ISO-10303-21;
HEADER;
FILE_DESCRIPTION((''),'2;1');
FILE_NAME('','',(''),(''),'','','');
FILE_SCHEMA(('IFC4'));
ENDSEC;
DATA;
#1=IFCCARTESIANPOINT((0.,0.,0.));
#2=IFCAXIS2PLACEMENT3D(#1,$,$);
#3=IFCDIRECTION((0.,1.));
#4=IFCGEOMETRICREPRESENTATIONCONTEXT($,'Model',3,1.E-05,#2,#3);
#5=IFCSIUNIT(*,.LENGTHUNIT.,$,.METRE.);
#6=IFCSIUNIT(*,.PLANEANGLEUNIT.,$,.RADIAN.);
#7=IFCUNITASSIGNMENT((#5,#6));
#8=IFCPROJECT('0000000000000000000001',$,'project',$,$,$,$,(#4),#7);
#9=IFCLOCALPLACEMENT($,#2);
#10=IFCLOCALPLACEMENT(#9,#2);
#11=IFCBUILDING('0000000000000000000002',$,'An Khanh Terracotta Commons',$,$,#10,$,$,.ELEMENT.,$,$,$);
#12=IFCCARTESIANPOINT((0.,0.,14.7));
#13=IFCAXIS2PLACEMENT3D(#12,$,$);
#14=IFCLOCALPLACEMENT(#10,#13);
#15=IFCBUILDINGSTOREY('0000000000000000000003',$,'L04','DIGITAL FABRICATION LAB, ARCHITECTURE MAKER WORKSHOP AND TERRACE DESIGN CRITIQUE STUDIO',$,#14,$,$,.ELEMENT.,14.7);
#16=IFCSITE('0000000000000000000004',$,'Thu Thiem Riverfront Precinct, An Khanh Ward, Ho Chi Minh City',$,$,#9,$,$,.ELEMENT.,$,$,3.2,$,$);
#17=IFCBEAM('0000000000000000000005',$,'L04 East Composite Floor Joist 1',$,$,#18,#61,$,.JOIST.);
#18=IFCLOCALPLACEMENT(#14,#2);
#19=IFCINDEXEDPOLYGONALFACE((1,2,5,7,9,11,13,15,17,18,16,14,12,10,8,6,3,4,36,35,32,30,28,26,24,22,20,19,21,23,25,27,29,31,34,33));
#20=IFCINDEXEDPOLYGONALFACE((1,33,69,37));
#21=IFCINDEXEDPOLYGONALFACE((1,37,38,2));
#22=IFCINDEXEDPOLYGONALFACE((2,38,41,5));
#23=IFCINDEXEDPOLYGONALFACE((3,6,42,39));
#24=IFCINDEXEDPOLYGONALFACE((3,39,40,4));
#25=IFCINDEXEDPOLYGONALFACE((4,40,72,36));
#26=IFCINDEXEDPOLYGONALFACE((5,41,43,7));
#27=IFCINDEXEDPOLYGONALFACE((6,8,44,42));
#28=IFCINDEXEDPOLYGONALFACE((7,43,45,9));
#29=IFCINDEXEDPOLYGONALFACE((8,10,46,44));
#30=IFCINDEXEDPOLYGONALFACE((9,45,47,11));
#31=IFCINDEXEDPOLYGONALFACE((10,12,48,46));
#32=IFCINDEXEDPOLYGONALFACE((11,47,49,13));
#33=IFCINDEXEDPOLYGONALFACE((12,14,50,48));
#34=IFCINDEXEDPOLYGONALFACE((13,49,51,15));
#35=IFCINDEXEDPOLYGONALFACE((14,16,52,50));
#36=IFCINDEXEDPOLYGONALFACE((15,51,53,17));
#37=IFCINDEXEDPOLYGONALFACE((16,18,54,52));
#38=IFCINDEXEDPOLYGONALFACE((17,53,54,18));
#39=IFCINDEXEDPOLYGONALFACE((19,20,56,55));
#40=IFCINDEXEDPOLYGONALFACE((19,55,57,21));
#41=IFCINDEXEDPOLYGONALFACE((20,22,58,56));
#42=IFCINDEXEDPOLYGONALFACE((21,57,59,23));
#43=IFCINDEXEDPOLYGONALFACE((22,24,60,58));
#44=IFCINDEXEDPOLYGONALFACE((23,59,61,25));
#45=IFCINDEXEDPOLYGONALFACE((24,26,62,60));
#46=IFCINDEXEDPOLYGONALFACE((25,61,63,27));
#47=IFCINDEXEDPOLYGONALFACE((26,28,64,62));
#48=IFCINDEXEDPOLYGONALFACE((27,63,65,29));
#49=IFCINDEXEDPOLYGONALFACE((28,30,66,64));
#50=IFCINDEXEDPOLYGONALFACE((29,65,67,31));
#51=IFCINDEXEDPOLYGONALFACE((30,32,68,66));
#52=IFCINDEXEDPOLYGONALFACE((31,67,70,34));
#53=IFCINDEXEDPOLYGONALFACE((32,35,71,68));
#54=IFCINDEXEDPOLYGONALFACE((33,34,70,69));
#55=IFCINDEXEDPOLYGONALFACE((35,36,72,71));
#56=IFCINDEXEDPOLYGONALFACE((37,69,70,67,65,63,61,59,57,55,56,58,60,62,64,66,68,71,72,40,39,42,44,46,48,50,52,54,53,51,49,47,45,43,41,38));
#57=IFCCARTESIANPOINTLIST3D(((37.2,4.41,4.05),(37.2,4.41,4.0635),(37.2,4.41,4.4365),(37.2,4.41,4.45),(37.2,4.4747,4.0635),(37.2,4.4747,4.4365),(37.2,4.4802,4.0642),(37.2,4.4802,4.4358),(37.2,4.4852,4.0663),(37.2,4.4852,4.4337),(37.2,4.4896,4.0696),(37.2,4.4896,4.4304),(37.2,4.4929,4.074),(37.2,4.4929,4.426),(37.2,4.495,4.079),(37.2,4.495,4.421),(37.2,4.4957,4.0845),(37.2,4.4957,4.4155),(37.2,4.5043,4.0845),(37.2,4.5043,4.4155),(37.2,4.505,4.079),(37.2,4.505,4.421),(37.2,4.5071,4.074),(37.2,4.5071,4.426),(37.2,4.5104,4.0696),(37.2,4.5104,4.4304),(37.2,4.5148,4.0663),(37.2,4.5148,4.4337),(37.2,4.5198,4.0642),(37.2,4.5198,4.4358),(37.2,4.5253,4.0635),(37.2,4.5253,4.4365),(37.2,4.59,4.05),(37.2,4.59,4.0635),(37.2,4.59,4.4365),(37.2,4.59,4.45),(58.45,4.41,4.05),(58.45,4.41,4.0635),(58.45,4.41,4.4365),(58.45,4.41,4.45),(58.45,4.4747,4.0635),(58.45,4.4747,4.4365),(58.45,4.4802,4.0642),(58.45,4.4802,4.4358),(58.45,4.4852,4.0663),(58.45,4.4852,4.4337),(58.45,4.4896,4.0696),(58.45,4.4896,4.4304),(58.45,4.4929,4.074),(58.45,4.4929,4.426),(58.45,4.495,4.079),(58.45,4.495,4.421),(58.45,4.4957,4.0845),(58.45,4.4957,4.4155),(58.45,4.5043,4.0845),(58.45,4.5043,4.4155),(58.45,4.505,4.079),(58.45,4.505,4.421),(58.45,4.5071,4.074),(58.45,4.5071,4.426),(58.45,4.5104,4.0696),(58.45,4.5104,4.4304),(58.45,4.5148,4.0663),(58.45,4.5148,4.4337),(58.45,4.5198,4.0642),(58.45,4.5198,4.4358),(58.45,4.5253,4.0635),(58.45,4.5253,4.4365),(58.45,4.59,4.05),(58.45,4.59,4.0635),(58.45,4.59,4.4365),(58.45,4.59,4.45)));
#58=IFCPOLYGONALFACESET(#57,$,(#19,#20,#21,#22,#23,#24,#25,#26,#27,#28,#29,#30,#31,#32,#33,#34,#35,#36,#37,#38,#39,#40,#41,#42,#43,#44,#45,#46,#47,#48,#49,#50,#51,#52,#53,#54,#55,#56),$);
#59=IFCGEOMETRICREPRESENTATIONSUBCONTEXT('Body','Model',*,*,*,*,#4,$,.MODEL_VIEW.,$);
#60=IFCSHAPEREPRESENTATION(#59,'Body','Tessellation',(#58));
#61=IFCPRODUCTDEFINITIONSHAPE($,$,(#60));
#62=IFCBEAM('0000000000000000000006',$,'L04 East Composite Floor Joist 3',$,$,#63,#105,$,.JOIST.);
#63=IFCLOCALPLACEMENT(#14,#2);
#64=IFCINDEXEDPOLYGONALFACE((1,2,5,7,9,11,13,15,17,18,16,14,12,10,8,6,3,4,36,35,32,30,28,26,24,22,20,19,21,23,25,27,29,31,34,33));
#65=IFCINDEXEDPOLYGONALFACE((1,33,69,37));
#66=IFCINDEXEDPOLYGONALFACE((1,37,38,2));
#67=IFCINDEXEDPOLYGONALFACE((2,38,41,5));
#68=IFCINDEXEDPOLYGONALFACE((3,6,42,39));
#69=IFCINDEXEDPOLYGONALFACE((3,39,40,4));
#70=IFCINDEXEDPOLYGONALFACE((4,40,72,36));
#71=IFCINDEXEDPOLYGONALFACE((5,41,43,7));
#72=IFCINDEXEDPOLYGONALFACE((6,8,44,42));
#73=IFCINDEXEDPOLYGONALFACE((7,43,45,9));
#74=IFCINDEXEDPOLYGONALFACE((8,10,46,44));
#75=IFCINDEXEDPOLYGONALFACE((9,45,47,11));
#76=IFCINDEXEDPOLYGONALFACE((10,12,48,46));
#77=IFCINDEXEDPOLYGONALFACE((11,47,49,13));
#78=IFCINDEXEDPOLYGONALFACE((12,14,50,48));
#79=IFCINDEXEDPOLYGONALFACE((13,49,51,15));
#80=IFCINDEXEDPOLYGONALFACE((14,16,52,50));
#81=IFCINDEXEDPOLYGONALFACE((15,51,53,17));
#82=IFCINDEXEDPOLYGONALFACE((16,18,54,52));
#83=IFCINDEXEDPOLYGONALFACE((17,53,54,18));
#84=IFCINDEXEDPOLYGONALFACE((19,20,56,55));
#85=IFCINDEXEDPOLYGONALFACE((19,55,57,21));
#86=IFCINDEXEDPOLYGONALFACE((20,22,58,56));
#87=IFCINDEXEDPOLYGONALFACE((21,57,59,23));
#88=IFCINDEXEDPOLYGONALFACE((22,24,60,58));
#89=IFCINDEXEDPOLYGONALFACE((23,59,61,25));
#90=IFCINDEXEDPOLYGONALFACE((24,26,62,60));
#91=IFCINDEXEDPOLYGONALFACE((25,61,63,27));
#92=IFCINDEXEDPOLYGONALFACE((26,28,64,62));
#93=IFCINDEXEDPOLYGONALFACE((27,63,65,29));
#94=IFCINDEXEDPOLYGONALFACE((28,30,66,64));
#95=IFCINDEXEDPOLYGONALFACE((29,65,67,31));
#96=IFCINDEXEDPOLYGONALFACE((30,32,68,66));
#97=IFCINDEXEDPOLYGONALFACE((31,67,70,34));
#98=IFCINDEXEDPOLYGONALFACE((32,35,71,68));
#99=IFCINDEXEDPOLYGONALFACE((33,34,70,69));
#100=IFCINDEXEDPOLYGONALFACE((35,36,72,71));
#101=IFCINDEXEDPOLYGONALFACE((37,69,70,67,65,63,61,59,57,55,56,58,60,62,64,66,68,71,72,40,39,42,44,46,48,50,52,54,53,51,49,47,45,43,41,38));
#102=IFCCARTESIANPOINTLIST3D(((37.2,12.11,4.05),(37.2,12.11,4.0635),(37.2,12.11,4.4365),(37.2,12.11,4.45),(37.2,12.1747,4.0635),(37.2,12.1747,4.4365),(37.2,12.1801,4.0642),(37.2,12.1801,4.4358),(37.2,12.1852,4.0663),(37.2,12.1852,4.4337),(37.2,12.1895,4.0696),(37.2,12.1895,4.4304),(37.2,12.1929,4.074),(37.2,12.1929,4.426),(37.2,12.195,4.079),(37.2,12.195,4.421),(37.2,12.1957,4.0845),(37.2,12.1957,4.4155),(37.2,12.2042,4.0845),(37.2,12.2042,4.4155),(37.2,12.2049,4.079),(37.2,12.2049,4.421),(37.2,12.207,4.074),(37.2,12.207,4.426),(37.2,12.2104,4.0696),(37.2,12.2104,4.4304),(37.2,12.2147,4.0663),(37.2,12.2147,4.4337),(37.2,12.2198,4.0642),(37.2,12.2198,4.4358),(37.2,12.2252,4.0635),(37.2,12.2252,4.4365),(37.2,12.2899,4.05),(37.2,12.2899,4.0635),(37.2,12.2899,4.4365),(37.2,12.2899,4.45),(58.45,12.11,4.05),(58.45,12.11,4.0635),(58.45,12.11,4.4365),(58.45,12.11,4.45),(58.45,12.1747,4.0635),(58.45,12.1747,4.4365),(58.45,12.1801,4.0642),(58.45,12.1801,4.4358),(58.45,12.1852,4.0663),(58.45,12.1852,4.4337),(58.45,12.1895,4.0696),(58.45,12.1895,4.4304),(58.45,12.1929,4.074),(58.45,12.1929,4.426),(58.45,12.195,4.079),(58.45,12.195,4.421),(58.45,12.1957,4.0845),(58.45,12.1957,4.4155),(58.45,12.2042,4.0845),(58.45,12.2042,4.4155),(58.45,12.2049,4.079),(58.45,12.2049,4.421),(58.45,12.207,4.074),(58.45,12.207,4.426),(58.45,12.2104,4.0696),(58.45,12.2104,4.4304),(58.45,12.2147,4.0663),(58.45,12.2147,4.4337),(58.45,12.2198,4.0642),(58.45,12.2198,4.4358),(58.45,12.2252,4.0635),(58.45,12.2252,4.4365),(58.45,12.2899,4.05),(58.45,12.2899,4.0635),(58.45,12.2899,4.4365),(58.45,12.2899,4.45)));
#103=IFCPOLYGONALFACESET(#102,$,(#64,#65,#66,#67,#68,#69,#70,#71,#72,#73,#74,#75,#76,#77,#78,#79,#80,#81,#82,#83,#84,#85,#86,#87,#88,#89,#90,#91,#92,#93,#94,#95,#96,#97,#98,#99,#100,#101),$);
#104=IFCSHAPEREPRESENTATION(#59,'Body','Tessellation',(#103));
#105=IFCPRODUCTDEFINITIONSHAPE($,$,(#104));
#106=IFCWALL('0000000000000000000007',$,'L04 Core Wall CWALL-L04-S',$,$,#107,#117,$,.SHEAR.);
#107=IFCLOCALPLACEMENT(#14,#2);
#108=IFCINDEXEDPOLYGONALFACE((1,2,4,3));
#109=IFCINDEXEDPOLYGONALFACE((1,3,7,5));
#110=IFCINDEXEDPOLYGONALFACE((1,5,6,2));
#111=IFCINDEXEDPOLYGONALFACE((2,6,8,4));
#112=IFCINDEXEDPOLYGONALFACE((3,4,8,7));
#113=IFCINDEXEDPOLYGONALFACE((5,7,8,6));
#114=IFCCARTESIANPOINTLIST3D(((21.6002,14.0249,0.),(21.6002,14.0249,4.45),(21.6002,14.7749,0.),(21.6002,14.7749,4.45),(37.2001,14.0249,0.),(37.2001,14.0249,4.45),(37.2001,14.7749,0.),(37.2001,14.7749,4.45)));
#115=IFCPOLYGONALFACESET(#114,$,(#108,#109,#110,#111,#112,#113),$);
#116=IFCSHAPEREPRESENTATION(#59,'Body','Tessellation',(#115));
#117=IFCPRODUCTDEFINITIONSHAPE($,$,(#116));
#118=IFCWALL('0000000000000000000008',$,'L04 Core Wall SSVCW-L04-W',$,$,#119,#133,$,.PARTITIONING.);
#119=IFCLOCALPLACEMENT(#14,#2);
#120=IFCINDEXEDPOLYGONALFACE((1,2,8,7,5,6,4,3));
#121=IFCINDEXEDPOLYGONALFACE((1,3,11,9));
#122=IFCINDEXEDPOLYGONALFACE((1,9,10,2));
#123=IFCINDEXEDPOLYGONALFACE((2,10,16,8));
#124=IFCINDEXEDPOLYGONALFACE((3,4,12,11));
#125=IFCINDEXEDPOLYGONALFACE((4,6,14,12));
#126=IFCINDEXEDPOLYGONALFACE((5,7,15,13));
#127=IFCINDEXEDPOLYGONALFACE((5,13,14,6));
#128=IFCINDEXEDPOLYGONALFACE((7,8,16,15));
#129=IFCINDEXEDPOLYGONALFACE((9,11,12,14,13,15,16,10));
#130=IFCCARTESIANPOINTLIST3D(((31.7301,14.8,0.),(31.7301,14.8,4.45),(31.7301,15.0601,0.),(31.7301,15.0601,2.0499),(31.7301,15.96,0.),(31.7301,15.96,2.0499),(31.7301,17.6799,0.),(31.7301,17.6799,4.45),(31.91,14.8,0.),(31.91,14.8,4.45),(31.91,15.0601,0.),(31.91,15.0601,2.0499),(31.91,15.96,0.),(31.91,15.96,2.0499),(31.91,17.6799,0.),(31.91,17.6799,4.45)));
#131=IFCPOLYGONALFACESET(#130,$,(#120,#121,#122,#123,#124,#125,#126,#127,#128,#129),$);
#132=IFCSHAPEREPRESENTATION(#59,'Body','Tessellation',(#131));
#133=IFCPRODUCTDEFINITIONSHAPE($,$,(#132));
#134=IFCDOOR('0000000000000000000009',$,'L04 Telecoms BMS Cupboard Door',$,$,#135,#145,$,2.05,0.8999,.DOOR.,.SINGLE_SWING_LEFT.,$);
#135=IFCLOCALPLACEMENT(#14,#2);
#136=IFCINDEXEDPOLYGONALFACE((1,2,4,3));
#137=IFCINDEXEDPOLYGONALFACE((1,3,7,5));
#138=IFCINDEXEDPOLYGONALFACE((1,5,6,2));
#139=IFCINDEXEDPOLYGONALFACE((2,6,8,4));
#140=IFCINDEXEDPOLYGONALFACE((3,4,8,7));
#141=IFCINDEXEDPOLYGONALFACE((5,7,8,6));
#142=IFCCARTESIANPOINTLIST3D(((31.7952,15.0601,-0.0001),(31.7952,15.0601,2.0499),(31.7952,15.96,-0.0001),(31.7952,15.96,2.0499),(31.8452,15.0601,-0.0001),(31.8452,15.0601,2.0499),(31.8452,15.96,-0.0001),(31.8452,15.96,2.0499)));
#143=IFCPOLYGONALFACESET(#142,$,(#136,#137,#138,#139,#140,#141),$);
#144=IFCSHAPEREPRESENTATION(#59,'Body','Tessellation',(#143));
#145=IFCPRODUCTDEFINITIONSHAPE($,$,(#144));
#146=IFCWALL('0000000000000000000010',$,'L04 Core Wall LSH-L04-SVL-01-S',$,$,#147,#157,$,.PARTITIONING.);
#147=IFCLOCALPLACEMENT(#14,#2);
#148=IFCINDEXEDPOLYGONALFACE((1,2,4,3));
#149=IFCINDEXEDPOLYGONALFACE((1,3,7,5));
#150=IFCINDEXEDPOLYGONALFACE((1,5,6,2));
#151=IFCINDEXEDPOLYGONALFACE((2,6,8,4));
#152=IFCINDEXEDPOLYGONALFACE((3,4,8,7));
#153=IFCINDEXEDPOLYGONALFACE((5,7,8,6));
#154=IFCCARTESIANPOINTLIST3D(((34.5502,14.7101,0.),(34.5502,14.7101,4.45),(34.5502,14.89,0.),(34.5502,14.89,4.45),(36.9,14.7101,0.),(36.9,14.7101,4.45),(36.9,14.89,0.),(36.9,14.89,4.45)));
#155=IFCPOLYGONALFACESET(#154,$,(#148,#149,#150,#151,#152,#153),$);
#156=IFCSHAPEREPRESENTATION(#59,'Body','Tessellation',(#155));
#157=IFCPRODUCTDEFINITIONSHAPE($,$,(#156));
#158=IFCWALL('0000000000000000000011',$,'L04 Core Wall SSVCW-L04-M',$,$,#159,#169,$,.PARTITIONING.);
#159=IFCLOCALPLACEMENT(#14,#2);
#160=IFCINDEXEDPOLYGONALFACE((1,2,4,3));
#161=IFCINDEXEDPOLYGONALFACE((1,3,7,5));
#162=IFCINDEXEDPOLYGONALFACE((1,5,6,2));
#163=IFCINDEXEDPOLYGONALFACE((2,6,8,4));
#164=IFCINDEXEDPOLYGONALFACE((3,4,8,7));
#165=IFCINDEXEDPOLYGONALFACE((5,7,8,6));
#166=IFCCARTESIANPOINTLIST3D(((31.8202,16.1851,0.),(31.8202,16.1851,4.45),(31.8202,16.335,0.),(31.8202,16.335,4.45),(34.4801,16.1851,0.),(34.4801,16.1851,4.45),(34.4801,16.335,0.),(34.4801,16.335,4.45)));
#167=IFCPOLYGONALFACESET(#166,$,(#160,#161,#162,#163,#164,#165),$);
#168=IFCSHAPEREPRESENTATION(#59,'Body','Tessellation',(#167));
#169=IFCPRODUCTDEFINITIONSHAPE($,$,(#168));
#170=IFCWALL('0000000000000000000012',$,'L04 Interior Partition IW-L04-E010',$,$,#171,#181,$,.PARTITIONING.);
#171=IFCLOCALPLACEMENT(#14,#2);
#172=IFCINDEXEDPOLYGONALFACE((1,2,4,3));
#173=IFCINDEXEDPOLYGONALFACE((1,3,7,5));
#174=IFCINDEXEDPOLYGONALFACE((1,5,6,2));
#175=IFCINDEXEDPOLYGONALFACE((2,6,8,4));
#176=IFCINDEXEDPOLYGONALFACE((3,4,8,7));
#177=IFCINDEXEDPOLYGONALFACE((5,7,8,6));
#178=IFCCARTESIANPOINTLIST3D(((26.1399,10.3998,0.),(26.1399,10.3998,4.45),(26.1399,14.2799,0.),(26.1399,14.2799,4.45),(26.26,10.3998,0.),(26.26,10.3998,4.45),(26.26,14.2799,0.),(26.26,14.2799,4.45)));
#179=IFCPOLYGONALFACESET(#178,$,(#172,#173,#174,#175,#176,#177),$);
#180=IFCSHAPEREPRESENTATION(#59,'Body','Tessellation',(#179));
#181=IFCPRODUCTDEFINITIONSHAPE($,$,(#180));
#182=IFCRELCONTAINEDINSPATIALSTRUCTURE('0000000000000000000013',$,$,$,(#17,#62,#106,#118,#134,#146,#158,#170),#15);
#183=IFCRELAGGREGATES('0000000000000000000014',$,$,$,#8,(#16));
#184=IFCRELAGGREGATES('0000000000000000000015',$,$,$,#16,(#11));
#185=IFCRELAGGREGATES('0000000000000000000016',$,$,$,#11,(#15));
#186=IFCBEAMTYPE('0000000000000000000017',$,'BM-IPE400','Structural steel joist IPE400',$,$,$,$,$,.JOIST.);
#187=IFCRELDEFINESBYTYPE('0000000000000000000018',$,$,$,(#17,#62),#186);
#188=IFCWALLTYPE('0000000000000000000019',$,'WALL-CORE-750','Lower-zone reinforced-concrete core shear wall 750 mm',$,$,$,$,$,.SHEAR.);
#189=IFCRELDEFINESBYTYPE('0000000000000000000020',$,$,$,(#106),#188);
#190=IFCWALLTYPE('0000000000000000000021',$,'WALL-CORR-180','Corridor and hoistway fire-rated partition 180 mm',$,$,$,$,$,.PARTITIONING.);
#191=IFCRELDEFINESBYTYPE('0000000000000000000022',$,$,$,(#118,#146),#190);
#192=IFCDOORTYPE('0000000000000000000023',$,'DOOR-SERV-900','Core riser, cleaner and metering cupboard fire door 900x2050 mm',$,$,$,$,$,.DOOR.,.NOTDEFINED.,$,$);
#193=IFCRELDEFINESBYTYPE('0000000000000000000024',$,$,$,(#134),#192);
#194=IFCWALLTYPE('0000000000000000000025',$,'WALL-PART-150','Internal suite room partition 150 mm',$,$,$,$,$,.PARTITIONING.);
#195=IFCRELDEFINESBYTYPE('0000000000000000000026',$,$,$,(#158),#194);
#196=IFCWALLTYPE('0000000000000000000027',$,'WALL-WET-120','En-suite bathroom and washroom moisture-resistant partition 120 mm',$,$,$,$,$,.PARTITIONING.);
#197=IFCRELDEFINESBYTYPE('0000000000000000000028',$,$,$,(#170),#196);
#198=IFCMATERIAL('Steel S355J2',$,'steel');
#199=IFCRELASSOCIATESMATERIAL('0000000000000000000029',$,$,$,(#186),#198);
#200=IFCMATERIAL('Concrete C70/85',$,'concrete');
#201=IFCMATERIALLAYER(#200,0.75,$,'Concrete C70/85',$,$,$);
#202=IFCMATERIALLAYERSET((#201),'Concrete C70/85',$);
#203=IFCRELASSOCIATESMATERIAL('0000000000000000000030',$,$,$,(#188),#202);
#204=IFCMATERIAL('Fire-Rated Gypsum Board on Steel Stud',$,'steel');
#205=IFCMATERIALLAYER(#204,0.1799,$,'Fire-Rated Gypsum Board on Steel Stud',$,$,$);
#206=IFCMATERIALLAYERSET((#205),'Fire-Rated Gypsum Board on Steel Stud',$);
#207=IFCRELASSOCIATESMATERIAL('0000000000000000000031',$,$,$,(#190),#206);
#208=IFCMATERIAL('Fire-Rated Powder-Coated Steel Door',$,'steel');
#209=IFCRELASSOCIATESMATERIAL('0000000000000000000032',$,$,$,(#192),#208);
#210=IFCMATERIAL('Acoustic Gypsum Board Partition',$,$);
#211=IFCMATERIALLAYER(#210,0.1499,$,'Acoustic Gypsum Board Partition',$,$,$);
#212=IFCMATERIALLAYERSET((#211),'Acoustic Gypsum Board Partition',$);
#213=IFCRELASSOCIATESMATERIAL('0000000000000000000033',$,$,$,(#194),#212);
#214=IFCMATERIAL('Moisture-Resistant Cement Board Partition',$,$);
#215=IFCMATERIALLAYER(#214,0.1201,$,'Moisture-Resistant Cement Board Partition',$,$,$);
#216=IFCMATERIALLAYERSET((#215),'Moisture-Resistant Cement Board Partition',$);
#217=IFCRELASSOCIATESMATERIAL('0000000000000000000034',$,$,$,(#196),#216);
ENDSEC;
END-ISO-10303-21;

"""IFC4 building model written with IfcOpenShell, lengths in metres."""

from ifc_helpers import new_model, si_unit, direction, frame, frame_2d, origin, origin_2d, place, context, subcontext, project, spatial, rectangle, i_section, extrude, material, layer, layer_set, material_profile, profile_set, type_object, element, fill, save


model = new_model("IFC4")

# Units and contexts
model_context = context("Model", 3, precision=1e-05, world=origin(), true_north=direction((0.0, 1.0)))
body_context = subcontext(model_context, "Body", "Model", "MODEL_VIEW")
ifc_project = project(units=[si_unit("LENGTHUNIT", "METRE"), si_unit("PLANEANGLEUNIT", "RADIAN")], contexts=[model_context])

# Site, building, storey
site_placement = place(None, origin())
site = spatial("IfcSite", under=ifc_project, at=site_placement, Name="Thu Thiem Riverfront Precinct, An Khanh Ward, Ho Chi Minh City", CompositionType="ELEMENT", RefElevation=3.2)
building_placement = place(site_placement, origin())
building = spatial("IfcBuilding", under=site, at=building_placement, Name="An Khanh Terracotta Commons", CompositionType="ELEMENT")
storey_placement = place(building_placement, frame((0.0, 0.0, 14.7)))
storey = spatial("IfcBuildingStorey", under=building, at=storey_placement, Name="L04", Description="DIGITAL FABRICATION LAB, ARCHITECTURE MAKER WORKSHOP AND TERRACE DESIGN CRITIQUE STUDIO", CompositionType="ELEMENT", Elevation=14.7)

# Shared definitions
ifc_material_1 = material(Name="Concrete C70/85", Category="concrete")

# Beams
ifc_material_2 = material(Name="Steel S355J2", Category="steel")
ifc_material_profile_1 = material_profile(ifc_material_2, i_section(OverallWidth=0.1799, OverallDepth=0.3999, WebThickness=0.0085, FlangeThickness=0.0134, FilletRadius=0.021, at=origin_2d()), Name="IPE400")
ifc_profile_set_1 = profile_set([ifc_material_profile_1], Name="Steel S355J2")
beam_type_1 = type_object("IfcBeamType", Name="BM-IPE400", Description="Structural steel joist IPE400", PredefinedType="JOIST", material=ifc_profile_set_1)
for number, where, z_axis, x_axis, name in (
    (1, (37.2, 4.5, 4.25), (1.0, 0.0, 0.0), (0.0, 1.0, 0.0), "L04 East Composite Floor Joist 1"),
    (2, (37.2, 12.2, 4.25), (1.0, 0.0, 0.0), (0.0, 1.0, 0.0), "L04 East Composite Floor Joist 3"),
):
    element("IfcBeam", number, at=place(storey_placement, frame(where, z_axis=z_axis, x_axis=x_axis)), inside=storey, type_object=beam_type_1, Name=name, PredefinedType="JOIST", context=body_context, shape_type="SweptSolid", body=[
        extrude(i_section(OverallWidth=0.1799, OverallDepth=0.3999, WebThickness=0.0085, FlangeThickness=0.0134, FilletRadius=0.021, at=origin_2d()), origin(), (0.0, 0.0, 1.0), 21.25),
    ])

# Wall
ifc_layer_1 = layer(ifc_material_1, 0.75, Name="Concrete C70/85")
ifc_layer_set_1 = layer_set([ifc_layer_1], Name="Concrete C70/85")
wall_type_1 = type_object("IfcWallType", Name="WALL-CORE-750", Description="Lower-zone reinforced-concrete core shear wall 750 mm", PredefinedType="SHEAR", material=ifc_layer_set_1)
wall_1_placement = place(storey_placement, frame((37.2, 14.3999, 0.0), z_axis=(0.0, 0.0, 1.0), x_axis=(-1.0, 0.0, 0.0)))
element("IfcWall", 3, at=wall_1_placement, inside=storey, type_object=wall_type_1, Name="L04 Core Wall CWALL-L04-S", PredefinedType="SHEAR", context=body_context, shape_type="SweptSolid", body=[
    extrude(rectangle(XDim=15.5999, YDim=0.75, at=frame_2d((7.7998, 0.0))), origin(), (0.0, 0.0, 1.0), 4.45),
])

# Wall, opening, door
ifc_material_3 = material(Name="Fire-Rated Gypsum Board on Steel Stud", Category="steel")
ifc_layer_2 = layer(ifc_material_3, 0.1799, Name="Fire-Rated Gypsum Board on Steel Stud")
ifc_layer_set_2 = layer_set([ifc_layer_2], Name="Fire-Rated Gypsum Board on Steel Stud")
wall_type_2 = type_object("IfcWallType", Name="WALL-CORR-180", Description="Corridor and hoistway fire-rated partition 180 mm", PredefinedType="PARTITIONING", material=ifc_layer_set_2)
wall_2_placement = place(storey_placement, frame((31.8201, 14.8, 0.0), z_axis=(0.0, 0.0, 1.0), x_axis=(0.0, 1.0, 0.0)))
wall_2 = element("IfcWall", 4, at=wall_2_placement, inside=storey, type_object=wall_type_2, Name="L04 Core Wall SSVCW-L04-W", PredefinedType="PARTITIONING", context=body_context, shape_type="SweptSolid", body=[
    extrude(rectangle(XDim=2.8799, YDim=0.1799, at=frame_2d((1.4399, 0.0))), origin(), (0.0, 0.0, 1.0), 4.45),
])
opening_1_placement = place(wall_2_placement, frame((0.26, 0.0, 0.0)))
opening_1 = element("IfcOpeningElement", 5, at=opening_1_placement, cuts=wall_2, PredefinedType="OPENING", context=body_context, shape_type="SweptSolid", body=[
    extrude(rectangle(XDim=0.8999, YDim=2.05, at=frame_2d((0.45, 1.0249))), frame((0.0, 0.0999, 0.0), z_axis=(0.0, -1.0, 0.0), x_axis=(1.0, 0.0, 0.0)), (0.0, 0.0, 1.0), 0.2),
])
ifc_material_4 = material(Name="Fire-Rated Powder-Coated Steel Door", Category="steel")
door_type_1 = type_object("IfcDoorType", Name="DOOR-SERV-900", Description="Core riser, cleaner and metering cupboard fire door 900x2050 mm", OperationType="NOTDEFINED", PredefinedType="DOOR", material=ifc_material_4)
door_1_placement = place(opening_1_placement, origin())
door_1 = element("IfcDoor", 6, at=door_1_placement, inside=storey, type_object=door_type_1, Name="L04 Telecoms BMS Cupboard Door", OperationType="SINGLE_SWING_LEFT", OverallHeight=2.05, OverallWidth=0.8999, PredefinedType="DOOR", context=body_context, shape_type="SweptSolid", body=[
    extrude(rectangle(XDim=0.8999, YDim=2.05, at=frame_2d((0.45, 1.0249))), frame((0.0, 0.0249, 0.0), z_axis=(0.0, -1.0, 0.0), x_axis=(1.0, 0.0, 0.0)), (0.0, 0.0, 1.0), 0.05),
])
fill(opening_1, door_1)

# Walls
wall_3_placement = place(storey_placement, frame((36.8999, 14.8, 0.0), z_axis=(0.0, 0.0, 1.0), x_axis=(-1.0, 0.0, 0.0)))
element("IfcWall", 7, at=wall_3_placement, inside=storey, type_object=wall_type_2, Name="L04 Core Wall LSH-L04-SVL-01-S", PredefinedType="PARTITIONING", context=body_context, shape_type="SweptSolid", body=[
    extrude(rectangle(XDim=2.3499, YDim=0.1799, at=frame_2d((1.1748, 0.0))), origin(), (0.0, 0.0, 1.0), 4.45),
])
ifc_material_5 = material(Name="Acoustic Gypsum Board Partition")
ifc_layer_3 = layer(ifc_material_5, 0.1499, Name="Acoustic Gypsum Board Partition")
ifc_layer_set_3 = layer_set([ifc_layer_3], Name="Acoustic Gypsum Board Partition")
wall_type_3 = type_object("IfcWallType", Name="WALL-PART-150", Description="Internal suite room partition 150 mm", PredefinedType="PARTITIONING", material=ifc_layer_set_3)
wall_4_placement = place(storey_placement, frame((31.8201, 16.26, 0.0), z_axis=(0.0, 0.0, 1.0), x_axis=(1.0, 0.0, 0.0)))
element("IfcWall", 8, at=wall_4_placement, inside=storey, type_object=wall_type_3, Name="L04 Core Wall SSVCW-L04-M", PredefinedType="PARTITIONING", context=body_context, shape_type="SweptSolid", body=[
    extrude(rectangle(XDim=2.6599, YDim=0.1499, at=frame_2d((1.3301, 0.0))), origin(), (0.0, 0.0, 1.0), 4.45),
])

# Wall
ifc_material_6 = material(Name="Moisture-Resistant Cement Board Partition")
ifc_layer_4 = layer(ifc_material_6, 0.1201, Name="Moisture-Resistant Cement Board Partition")
ifc_layer_set_4 = layer_set([ifc_layer_4], Name="Moisture-Resistant Cement Board Partition")
wall_type_4 = type_object("IfcWallType", Name="WALL-WET-120", Description="En-suite bathroom and washroom moisture-resistant partition 120 mm", PredefinedType="PARTITIONING", material=ifc_layer_set_4)
wall_5_placement = place(storey_placement, frame((26.2, 10.3999, 0.0), z_axis=(0.0, 0.0, 1.0), x_axis=(0.0, 1.0, 0.0)))
element("IfcWall", 9, at=wall_5_placement, inside=storey, type_object=wall_type_4, Name="L04 Interior Partition IW-L04-E010", PredefinedType="PARTITIONING", context=body_context, shape_type="SweptSolid", body=[
    extrude(rectangle(XDim=3.8801, YDim=0.1201, at=frame_2d((1.9399, 0.0))), origin(), (0.0, 0.0, 1.0), 4.45),
])

save(model, "model.ifc")
